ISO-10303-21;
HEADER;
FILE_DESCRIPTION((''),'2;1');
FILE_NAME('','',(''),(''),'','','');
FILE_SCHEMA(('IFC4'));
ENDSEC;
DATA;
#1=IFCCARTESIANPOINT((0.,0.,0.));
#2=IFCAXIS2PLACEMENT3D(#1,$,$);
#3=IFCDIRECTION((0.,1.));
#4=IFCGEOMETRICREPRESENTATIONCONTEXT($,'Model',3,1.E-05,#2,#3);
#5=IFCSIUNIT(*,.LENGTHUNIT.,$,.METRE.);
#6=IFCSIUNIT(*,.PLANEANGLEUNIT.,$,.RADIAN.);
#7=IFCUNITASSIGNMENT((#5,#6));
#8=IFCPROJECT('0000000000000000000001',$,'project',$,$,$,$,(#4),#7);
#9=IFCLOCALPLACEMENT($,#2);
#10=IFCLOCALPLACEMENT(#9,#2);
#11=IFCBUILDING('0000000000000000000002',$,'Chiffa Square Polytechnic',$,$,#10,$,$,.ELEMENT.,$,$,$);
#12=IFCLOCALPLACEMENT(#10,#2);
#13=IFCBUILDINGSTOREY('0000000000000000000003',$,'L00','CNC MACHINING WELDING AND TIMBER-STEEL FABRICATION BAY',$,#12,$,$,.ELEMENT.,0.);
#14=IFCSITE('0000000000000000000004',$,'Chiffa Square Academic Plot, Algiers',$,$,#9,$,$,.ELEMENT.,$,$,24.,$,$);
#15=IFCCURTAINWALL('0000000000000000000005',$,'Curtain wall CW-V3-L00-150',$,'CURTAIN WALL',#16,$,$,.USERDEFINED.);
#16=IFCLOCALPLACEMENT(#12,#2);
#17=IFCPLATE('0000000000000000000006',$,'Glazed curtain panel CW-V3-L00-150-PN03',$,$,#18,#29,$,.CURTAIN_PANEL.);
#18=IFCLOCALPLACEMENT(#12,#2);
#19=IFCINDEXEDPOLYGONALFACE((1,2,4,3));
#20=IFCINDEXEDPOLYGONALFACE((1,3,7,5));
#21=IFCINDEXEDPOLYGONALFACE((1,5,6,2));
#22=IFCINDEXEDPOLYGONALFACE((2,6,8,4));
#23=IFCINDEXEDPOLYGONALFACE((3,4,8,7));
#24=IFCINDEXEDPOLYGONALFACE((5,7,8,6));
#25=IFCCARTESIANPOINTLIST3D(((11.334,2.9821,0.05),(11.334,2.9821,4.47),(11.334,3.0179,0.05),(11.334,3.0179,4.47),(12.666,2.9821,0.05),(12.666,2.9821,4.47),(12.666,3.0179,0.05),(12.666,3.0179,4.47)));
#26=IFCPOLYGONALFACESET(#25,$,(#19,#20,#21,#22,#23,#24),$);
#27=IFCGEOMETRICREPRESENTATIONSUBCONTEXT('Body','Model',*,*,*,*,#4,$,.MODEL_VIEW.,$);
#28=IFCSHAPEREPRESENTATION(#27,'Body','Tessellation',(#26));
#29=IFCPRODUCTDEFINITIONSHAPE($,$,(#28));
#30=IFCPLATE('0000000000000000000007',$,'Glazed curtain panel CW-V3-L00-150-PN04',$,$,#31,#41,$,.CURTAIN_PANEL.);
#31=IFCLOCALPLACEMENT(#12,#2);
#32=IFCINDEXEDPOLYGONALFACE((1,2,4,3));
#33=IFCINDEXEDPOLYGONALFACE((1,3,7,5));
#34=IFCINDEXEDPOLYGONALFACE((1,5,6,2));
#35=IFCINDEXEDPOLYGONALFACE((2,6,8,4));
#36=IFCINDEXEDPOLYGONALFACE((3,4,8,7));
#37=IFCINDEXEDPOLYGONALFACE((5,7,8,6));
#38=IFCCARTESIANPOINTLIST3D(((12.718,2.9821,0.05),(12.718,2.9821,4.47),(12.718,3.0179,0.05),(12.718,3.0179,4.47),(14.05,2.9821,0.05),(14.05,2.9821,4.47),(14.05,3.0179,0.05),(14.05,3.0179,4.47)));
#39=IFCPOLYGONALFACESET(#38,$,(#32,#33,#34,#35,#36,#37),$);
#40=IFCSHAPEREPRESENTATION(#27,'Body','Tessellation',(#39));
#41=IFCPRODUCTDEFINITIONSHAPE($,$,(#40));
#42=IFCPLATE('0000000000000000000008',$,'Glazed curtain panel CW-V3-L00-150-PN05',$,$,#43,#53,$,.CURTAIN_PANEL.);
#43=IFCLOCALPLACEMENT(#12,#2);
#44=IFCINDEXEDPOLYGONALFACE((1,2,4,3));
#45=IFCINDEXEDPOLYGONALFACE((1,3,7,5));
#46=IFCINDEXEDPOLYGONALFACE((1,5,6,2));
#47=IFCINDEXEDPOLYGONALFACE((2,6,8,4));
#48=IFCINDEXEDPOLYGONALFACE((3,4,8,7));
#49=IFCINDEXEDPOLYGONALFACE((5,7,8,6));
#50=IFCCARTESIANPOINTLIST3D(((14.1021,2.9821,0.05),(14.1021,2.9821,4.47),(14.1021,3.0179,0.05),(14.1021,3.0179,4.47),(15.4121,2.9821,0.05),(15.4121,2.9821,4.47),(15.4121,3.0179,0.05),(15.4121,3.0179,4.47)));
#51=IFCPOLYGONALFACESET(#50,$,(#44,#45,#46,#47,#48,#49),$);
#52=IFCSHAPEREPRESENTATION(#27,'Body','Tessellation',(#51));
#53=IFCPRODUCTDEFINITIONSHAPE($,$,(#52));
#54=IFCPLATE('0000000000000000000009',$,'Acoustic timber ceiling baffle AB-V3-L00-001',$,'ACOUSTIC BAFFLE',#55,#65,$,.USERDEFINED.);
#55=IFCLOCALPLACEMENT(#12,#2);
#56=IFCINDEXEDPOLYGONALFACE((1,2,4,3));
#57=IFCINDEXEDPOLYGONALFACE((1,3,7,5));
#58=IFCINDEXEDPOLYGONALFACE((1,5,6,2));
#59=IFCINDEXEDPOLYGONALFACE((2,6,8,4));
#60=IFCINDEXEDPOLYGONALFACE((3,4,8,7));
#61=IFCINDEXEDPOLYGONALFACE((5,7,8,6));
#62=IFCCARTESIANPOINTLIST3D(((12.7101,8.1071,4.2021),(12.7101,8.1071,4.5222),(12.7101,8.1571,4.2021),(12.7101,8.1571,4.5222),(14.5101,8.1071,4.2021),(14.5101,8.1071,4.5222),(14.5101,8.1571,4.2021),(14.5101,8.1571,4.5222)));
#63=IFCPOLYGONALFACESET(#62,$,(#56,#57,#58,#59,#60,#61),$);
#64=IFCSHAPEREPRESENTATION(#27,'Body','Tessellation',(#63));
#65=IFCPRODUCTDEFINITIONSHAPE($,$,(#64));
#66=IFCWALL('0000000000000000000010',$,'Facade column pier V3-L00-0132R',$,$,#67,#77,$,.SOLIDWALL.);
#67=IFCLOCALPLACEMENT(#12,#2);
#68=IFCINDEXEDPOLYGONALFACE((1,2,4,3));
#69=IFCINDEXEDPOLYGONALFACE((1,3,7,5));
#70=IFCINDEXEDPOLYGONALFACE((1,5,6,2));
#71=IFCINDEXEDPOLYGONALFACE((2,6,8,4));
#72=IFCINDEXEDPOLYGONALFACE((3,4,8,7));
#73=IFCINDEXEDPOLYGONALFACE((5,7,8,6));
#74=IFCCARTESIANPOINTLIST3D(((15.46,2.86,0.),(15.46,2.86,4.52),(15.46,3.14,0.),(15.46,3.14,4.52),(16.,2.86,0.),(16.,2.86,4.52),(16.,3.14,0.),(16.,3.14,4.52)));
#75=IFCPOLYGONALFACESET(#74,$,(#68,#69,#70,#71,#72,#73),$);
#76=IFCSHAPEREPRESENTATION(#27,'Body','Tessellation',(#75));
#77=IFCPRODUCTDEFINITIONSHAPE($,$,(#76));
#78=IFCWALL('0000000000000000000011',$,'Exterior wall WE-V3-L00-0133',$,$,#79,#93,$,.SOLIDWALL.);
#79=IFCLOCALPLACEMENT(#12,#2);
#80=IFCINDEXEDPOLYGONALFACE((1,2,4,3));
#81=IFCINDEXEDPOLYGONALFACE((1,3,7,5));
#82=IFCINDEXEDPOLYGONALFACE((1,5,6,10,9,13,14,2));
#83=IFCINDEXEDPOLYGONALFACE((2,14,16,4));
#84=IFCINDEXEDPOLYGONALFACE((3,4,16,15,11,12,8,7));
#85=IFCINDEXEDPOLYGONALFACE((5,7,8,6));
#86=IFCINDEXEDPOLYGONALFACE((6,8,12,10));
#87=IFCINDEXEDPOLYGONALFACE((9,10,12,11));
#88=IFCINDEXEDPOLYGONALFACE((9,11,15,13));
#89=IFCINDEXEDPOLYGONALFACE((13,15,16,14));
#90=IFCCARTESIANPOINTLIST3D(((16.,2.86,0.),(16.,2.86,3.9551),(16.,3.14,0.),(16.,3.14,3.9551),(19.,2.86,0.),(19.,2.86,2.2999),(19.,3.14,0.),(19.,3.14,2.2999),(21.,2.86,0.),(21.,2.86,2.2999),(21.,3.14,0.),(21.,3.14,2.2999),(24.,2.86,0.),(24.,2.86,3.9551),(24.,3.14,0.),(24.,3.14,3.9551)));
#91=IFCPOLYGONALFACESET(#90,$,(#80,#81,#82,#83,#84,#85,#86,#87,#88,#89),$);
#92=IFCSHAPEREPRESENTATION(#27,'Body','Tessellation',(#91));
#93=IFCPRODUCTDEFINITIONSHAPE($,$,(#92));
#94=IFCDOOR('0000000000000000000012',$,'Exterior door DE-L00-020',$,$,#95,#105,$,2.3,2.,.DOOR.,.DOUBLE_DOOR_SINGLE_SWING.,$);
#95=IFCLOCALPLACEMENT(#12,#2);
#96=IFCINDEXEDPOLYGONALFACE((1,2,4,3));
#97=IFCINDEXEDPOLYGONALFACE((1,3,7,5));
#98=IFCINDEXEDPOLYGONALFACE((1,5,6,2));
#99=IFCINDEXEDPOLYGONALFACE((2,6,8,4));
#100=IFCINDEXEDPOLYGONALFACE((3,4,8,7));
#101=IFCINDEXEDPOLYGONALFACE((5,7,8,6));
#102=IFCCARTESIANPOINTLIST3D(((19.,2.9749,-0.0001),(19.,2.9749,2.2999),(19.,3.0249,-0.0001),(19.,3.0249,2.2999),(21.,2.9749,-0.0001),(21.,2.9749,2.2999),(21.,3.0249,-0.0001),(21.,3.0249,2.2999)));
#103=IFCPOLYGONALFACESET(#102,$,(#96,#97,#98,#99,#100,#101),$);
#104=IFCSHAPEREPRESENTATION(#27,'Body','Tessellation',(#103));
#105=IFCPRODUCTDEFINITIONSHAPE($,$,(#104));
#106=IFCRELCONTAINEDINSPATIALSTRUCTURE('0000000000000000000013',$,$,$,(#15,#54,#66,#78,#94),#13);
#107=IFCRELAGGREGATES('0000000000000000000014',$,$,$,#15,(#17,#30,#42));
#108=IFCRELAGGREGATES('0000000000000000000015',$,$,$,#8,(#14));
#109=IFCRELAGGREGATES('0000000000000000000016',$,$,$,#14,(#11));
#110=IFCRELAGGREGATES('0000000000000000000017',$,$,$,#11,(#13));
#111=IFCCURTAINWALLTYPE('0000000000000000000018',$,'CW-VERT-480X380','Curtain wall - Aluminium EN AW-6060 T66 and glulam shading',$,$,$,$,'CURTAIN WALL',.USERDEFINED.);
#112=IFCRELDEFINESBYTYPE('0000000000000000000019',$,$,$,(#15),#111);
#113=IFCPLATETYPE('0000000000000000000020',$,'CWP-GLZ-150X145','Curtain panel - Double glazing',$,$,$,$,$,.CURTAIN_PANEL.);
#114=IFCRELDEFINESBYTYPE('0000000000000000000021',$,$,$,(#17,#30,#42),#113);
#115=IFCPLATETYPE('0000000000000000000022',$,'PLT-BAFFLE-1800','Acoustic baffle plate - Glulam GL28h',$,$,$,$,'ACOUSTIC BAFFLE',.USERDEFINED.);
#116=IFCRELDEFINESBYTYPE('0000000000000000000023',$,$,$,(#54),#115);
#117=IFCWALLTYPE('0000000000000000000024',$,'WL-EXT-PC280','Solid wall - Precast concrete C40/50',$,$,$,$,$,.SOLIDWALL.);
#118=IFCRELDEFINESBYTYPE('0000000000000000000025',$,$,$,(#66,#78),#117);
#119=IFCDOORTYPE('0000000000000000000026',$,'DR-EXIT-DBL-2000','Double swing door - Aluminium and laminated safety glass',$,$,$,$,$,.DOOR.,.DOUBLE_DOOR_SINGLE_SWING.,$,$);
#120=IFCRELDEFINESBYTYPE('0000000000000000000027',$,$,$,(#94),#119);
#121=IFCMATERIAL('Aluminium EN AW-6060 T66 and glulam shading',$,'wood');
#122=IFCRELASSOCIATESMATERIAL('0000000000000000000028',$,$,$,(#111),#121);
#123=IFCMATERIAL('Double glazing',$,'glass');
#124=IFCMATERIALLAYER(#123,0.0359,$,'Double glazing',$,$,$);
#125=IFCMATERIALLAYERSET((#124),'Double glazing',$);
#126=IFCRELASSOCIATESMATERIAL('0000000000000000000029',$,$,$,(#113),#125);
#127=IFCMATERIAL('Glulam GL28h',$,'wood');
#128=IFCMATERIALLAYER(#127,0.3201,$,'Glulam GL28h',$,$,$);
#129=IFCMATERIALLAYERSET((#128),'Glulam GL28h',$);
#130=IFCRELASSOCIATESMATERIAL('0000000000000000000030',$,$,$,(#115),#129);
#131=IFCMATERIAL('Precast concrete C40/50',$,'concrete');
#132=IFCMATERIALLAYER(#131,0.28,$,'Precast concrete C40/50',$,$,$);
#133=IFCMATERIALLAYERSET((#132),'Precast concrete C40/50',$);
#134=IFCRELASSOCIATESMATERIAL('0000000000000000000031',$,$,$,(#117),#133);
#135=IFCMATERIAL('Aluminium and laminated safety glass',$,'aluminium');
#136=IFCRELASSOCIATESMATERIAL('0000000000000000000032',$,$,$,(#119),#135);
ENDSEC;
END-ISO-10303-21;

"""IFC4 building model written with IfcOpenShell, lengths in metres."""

from ifc_helpers import new_model, si_unit, direction, frame, frame_2d, origin, origin_2d, place, context, subcontext, project, spatial, rectangle, extrude, material, layer, layer_set, type_object, element, fill, aggregate, save


model = new_model("IFC4")

# Units and contexts
model_context = context("Model", 3, precision=1e-05, world=origin(), true_north=direction((0.0, 1.0)))
body_context = subcontext(model_context, "Body", "Model", "MODEL_VIEW")
ifc_project = project(units=[si_unit("LENGTHUNIT", "METRE"), si_unit("PLANEANGLEUNIT", "RADIAN")], contexts=[model_context])

# Site, building, storey
site_placement = place(None, origin())
site = spatial("IfcSite", under=ifc_project, at=site_placement, Name="Chiffa Square Academic Plot, Algiers", CompositionType="ELEMENT", RefElevation=24.0)
building_placement = place(site_placement, origin())
building = spatial("IfcBuilding", under=site, at=building_placement, Name="Chiffa Square Polytechnic", CompositionType="ELEMENT")
storey_placement = place(building_placement, origin())
storey = spatial("IfcBuildingStorey", under=building, at=storey_placement, Name="L00", Description="CNC MACHINING WELDING AND TIMBER-STEEL FABRICATION BAY", CompositionType="ELEMENT", Elevation=0.0)

# Curtain wall
ifc_material_1 = material(Name="Aluminium EN AW-6060 T66 and glulam shading", Category="wood")
curtain_wall_type = type_object("IfcCurtainWallType", Name="CW-VERT-480X380", Description="Curtain wall - Aluminium EN AW-6060 T66 and glulam shading", ElementType="CURTAIN WALL", PredefinedType="USERDEFINED", material=ifc_material_1)
curtain_wall_placement = place(storey_placement, origin())
curtain_wall = element("IfcCurtainWall", 1, at=curtain_wall_placement, inside=storey, type_object=curtain_wall_type, Name="Curtain wall CW-V3-L00-150", ObjectType="CURTAIN WALL", PredefinedType="USERDEFINED")
ifc_material_2 = material(Name="Glulam GL28h", Category="wood")

# Plates
ifc_material_3 = material(Name="Double glazing", Category="glass")
ifc_layer_1 = layer(ifc_material_3, 0.0359, Name="Double glazing")
ifc_layer_set_1 = layer_set([ifc_layer_1], Name="Double glazing")
plate_type_1 = type_object("IfcPlateType", Name="CWP-GLZ-150X145", Description="Curtain panel - Double glazing", PredefinedType="CURTAIN_PANEL", material=ifc_layer_set_1)
plate_1_placement = place(storey_placement, frame((12.0, 3.0, 0.05), z_axis=(0.0, 0.0, 1.0), x_axis=(1.0, 0.0, 0.0)))
plate_1 = element("IfcPlate", 2, at=plate_1_placement, type_object=plate_type_1, Name="Glazed curtain panel CW-V3-L00-150-PN03", PredefinedType="CURTAIN_PANEL", context=body_context, shape_type="SweptSolid", body=[
    extrude(rectangle(XDim=1.332, YDim=0.0359, at=origin_2d()), origin(), (0.0, 0.0, 1.0), 4.4199),
])
plate_2_placement = place(storey_placement, frame((13.384, 3.0, 0.05), z_axis=(0.0, 0.0, 1.0), x_axis=(1.0, 0.0, 0.0)))
plate_2 = element("IfcPlate", 3, at=plate_2_placement, type_object=plate_type_1, Name="Glazed curtain panel CW-V3-L00-150-PN04", PredefinedType="CURTAIN_PANEL", context=body_context, shape_type="SweptSolid", body=[
    extrude(rectangle(XDim=1.332, YDim=0.0359, at=origin_2d()), origin(), (0.0, 0.0, 1.0), 4.4199),
])
plate_3_placement = place(storey_placement, frame((14.7571, 3.0, 0.05), z_axis=(0.0, 0.0, 1.0), x_axis=(1.0, 0.0, 0.0)))
plate_3 = element("IfcPlate", 4, at=plate_3_placement, type_object=plate_type_1, Name="Glazed curtain panel CW-V3-L00-150-PN05", PredefinedType="CURTAIN_PANEL", context=body_context, shape_type="SweptSolid", body=[
    extrude(rectangle(XDim=1.3101, YDim=0.0359, at=origin_2d()), origin(), (0.0, 0.0, 1.0), 4.4199),
])
aggregate(curtain_wall, [plate_1, plate_2, plate_3])
ifc_layer_2 = layer(ifc_material_2, 0.3201, Name="Glulam GL28h")
ifc_layer_set_2 = layer_set([ifc_layer_2], Name="Glulam GL28h")
plate_type_2 = type_object("IfcPlateType", Name="PLT-BAFFLE-1800", Description="Acoustic baffle plate - Glulam GL28h", ElementType="ACOUSTIC BAFFLE", PredefinedType="USERDEFINED", material=ifc_layer_set_2)
plate_4_placement = place(storey_placement, frame((13.6101, 8.1321, 4.2021), z_axis=(0.0, 0.0, 1.0), x_axis=(1.0, 0.0, 0.0)))
element("IfcPlate", 5, at=plate_4_placement, inside=storey, type_object=plate_type_2, Name="Acoustic timber ceiling baffle AB-V3-L00-001", ObjectType="ACOUSTIC BAFFLE", PredefinedType="USERDEFINED", context=body_context, shape_type="SweptSolid", body=[
    extrude(rectangle(XDim=1.8, YDim=0.05, at=origin_2d()), origin(), (0.0, 0.0, 1.0), 0.3201),
])

# Wall
ifc_material_4 = material(Name="Precast concrete C40/50", Category="concrete")
ifc_layer_3 = layer(ifc_material_4, 0.28, Name="Precast concrete C40/50")
ifc_layer_set_3 = layer_set([ifc_layer_3], Name="Precast concrete C40/50")
wall_type = type_object("IfcWallType", Name="WL-EXT-PC280", Description="Solid wall - Precast concrete C40/50", PredefinedType="SOLIDWALL", material=ifc_layer_set_3)
wall_1_placement = place(storey_placement, frame((15.46, 3.0, 0.0), z_axis=(0.0, 0.0, 1.0), x_axis=(1.0, 0.0, 0.0)))
element("IfcWall", 6, at=wall_1_placement, inside=storey, type_object=wall_type, Name="Facade column pier V3-L00-0132R", PredefinedType="SOLIDWALL", context=body_context, shape_type="SweptSolid", body=[
    extrude(rectangle(XDim=0.54, YDim=0.28, at=frame_2d((0.27, 0.0))), origin(), (0.0, 0.0, 1.0), 4.52),
])

# Wall, opening, door
wall_2_placement = place(storey_placement, frame((16.0, 3.0, 0.0), z_axis=(0.0, 0.0, 1.0), x_axis=(1.0, 0.0, 0.0)))
wall_2 = element("IfcWall", 7, at=wall_2_placement, inside=storey, type_object=wall_type, Name="Exterior wall WE-V3-L00-0133", PredefinedType="SOLIDWALL", context=body_context, shape_type="SweptSolid", body=[
    extrude(rectangle(XDim=8.0, YDim=0.28, at=frame_2d((4.0, 0.0))), origin(), (0.0, 0.0, 1.0), 3.9551),
])
opening_placement = place(wall_2_placement, frame((3.0, 0.0, 0.0)))
opening = element("IfcOpeningElement", 8, at=opening_placement, cuts=wall_2, PredefinedType="OPENING", context=body_context, shape_type="SweptSolid", body=[
    extrude(rectangle(XDim=2.0, YDim=2.3, at=frame_2d((1.0, 1.1499))), frame((0.0, 0.1499, 0.0), z_axis=(0.0, -1.0, 0.0), x_axis=(1.0, 0.0, 0.0)), (0.0, 0.0, 1.0), 0.3),
])
ifc_material_5 = material(Name="Aluminium and laminated safety glass", Category="aluminium")
door_type = type_object("IfcDoorType", Name="DR-EXIT-DBL-2000", Description="Double swing door - Aluminium and laminated safety glass", OperationType="DOUBLE_DOOR_SINGLE_SWING", PredefinedType="DOOR", material=ifc_material_5)
door_placement = place(opening_placement, origin())
door = element("IfcDoor", 9, at=door_placement, inside=storey, type_object=door_type, Name="Exterior door DE-L00-020", OperationType="DOUBLE_DOOR_SINGLE_SWING", OverallHeight=2.3, OverallWidth=2.0, PredefinedType="DOOR", context=body_context, shape_type="SweptSolid", body=[
    extrude(rectangle(XDim=2.0, YDim=2.3, at=frame_2d((1.0, 1.1499))), frame((0.0, 0.0249, 0.0), z_axis=(0.0, -1.0, 0.0), x_axis=(1.0, 0.0, 0.0)), (0.0, 0.0, 1.0), 0.05),
])
fill(opening, door)

save(model, "model.ifc")
